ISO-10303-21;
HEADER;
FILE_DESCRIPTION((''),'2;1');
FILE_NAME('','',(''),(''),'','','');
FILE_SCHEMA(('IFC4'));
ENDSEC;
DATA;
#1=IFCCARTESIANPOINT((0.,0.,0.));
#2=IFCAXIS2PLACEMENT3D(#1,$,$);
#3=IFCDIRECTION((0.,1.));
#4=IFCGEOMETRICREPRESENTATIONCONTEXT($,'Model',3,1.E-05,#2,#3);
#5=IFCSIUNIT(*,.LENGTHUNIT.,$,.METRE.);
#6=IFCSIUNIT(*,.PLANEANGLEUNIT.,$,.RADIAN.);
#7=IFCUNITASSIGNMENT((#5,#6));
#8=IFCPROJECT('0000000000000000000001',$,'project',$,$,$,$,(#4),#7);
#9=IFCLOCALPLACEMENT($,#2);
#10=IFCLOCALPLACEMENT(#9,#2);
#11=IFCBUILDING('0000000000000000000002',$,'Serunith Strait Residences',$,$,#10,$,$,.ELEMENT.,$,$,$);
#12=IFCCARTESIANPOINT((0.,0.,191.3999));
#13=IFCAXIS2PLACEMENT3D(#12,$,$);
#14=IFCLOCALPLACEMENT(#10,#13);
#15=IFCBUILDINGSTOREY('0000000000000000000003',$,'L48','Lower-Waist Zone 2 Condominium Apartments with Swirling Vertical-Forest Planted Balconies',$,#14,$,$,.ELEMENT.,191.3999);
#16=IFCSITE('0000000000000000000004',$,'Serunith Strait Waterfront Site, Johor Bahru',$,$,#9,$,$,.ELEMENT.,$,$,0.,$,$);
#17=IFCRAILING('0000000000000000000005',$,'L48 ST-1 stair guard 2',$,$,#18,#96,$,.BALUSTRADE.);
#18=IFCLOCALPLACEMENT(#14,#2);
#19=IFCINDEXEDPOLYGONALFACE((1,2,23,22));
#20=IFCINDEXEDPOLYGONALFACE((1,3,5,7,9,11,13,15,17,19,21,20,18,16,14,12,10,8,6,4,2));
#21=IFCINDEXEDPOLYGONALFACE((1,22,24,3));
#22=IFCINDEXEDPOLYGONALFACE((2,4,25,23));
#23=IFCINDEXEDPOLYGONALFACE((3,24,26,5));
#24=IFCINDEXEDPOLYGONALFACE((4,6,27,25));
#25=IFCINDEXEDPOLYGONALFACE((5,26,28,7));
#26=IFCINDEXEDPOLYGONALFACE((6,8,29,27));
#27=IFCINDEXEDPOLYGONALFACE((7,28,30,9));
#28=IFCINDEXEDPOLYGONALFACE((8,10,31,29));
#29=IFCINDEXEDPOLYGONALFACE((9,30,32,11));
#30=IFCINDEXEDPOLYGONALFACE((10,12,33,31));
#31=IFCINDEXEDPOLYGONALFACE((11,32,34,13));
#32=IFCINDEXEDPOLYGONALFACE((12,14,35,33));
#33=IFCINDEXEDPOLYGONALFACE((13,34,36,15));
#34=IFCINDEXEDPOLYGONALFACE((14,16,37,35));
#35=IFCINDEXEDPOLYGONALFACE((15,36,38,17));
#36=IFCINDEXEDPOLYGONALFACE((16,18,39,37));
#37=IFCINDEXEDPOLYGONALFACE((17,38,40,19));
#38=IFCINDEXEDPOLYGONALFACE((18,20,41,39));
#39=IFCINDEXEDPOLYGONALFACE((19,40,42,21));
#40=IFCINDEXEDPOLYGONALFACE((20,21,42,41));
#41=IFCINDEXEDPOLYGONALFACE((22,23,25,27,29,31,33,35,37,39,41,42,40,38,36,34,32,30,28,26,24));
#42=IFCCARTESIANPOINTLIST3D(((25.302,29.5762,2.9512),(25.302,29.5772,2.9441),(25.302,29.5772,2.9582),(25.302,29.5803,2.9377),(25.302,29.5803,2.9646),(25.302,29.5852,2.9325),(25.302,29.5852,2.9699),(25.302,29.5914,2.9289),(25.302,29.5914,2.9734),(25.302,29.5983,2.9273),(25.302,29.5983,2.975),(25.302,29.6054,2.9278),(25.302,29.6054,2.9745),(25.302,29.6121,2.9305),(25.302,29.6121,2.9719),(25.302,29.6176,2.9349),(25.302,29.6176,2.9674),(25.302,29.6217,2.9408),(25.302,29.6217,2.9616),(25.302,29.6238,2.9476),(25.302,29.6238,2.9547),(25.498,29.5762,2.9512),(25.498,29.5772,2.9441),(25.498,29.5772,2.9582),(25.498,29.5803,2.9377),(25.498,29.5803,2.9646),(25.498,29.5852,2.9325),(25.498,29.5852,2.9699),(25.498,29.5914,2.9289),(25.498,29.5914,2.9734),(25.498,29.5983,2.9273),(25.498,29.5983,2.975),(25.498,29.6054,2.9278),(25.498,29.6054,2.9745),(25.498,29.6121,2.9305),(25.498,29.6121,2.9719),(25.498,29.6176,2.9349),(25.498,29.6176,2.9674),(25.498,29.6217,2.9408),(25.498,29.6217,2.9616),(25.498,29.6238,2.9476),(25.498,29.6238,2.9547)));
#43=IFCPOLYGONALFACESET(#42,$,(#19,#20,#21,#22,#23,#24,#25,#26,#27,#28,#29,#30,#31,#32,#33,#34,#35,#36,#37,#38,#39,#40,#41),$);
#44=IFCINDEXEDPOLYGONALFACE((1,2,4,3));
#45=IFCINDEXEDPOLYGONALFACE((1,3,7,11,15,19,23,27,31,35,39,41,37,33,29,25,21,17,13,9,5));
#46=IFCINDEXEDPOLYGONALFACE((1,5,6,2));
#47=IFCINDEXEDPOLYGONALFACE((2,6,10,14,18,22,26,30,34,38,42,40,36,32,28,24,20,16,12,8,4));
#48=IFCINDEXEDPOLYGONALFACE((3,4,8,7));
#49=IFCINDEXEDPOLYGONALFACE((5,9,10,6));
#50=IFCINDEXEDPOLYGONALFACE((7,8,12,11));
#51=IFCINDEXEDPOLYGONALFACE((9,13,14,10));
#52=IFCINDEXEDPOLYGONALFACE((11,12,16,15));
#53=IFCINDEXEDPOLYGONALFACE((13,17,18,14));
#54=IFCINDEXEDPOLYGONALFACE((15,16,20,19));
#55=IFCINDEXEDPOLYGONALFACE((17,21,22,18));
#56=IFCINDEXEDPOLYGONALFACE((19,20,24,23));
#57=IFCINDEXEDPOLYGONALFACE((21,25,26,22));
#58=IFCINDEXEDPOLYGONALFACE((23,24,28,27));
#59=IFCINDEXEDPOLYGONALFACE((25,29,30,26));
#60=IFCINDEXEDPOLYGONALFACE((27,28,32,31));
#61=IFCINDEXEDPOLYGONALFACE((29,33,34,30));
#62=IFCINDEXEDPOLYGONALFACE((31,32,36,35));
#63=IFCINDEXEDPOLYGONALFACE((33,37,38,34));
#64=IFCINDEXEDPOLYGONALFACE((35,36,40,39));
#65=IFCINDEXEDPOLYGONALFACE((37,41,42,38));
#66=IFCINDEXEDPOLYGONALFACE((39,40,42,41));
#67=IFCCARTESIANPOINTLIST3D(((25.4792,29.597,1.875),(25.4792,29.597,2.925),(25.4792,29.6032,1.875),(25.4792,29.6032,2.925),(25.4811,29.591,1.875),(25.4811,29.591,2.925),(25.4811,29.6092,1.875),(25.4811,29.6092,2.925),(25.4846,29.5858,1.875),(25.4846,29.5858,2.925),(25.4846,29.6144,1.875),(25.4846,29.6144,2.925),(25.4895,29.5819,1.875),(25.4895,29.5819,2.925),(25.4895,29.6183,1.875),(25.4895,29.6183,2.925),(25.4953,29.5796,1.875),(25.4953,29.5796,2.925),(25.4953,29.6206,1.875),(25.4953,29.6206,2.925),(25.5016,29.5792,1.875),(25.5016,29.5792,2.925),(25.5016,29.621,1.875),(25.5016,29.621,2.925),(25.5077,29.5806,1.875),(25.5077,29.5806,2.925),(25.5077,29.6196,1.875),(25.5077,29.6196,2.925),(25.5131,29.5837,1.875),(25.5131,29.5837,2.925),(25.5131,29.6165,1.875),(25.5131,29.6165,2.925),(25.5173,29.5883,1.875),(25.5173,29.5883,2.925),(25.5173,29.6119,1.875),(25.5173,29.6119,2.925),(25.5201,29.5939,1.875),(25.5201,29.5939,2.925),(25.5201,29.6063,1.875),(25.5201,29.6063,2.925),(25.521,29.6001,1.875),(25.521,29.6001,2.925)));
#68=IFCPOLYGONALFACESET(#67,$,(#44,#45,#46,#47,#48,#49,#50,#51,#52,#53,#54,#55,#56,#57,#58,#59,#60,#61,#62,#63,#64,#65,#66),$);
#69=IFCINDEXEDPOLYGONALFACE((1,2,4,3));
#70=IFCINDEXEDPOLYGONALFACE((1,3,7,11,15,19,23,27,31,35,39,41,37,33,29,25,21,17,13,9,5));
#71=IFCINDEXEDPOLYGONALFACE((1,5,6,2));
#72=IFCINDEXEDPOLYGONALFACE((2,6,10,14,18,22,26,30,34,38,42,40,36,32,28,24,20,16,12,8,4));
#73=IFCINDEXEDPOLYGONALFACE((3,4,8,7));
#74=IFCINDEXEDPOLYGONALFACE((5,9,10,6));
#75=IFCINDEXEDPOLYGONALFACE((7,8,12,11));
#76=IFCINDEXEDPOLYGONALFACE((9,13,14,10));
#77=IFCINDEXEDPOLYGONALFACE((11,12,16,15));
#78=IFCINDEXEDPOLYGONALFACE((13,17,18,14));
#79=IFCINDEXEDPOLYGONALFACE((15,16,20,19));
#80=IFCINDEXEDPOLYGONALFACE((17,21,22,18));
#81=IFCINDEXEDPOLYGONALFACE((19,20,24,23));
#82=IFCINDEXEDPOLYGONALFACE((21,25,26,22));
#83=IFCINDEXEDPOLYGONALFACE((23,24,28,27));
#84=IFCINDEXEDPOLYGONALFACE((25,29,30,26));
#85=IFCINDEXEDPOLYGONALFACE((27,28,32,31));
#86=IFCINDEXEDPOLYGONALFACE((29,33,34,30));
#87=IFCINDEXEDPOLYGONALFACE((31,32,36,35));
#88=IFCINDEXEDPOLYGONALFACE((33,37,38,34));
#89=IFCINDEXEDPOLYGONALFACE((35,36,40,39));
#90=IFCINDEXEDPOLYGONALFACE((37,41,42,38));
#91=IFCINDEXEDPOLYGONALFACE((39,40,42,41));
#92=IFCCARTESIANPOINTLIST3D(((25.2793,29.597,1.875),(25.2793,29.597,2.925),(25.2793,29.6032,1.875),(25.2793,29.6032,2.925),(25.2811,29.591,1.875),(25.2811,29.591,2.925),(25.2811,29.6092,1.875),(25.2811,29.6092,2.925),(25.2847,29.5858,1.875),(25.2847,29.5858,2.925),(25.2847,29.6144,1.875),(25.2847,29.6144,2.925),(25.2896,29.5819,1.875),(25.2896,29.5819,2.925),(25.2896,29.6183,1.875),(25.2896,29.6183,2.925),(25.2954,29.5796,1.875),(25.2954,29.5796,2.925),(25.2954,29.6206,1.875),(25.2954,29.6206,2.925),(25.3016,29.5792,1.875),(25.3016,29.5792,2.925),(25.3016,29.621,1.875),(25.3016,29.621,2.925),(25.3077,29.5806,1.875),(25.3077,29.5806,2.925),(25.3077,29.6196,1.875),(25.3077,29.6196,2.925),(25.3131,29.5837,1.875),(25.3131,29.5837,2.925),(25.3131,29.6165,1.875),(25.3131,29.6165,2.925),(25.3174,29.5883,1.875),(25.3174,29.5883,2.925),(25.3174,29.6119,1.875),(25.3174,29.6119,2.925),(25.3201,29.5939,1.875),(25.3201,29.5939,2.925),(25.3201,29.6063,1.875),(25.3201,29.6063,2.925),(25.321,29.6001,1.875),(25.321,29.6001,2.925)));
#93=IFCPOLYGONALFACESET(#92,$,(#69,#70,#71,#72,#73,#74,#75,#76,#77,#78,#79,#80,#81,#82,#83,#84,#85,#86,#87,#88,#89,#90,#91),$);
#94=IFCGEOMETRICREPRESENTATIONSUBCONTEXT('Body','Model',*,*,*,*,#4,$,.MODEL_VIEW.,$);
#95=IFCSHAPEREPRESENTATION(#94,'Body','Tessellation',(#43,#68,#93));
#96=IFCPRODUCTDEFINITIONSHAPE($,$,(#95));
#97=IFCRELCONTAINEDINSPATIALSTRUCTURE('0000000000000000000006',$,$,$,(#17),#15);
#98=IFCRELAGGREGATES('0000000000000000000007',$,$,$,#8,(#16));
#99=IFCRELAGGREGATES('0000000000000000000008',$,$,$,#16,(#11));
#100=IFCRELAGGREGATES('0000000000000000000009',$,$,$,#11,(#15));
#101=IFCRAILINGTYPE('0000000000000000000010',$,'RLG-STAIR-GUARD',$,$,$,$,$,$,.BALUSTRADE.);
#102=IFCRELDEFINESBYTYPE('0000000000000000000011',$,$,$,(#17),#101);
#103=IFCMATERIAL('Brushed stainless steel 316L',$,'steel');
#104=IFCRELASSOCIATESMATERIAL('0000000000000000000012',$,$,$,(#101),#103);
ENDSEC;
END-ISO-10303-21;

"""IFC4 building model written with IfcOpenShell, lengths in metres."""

from ifc_helpers import new_model, si_unit, direction, frame, origin, origin_2d, place, context, subcontext, project, spatial, circle, extrude, material, type_object, element, save


model = new_model("IFC4")

# Units and contexts
model_context = context("Model", 3, precision=1e-05, world=origin(), true_north=direction((0.0, 1.0)))
body_context = subcontext(model_context, "Body", "Model", "MODEL_VIEW")
ifc_project = project(units=[si_unit("LENGTHUNIT", "METRE"), si_unit("PLANEANGLEUNIT", "RADIAN")], contexts=[model_context])

# Site, building, storey
site_placement = place(None, origin())
site = spatial("IfcSite", under=ifc_project, at=site_placement, Name="Serunith Strait Waterfront Site, Johor Bahru", CompositionType="ELEMENT", RefElevation=0.0)
building_placement = place(site_placement, origin())
building = spatial("IfcBuilding", under=site, at=building_placement, Name="Serunith Strait Residences", CompositionType="ELEMENT")
storey_placement = place(building_placement, frame((0.0, 0.0, 191.3999)))
storey = spatial("IfcBuildingStorey", under=building, at=storey_placement, Name="L48", Description="Lower-Waist Zone 2 Condominium Apartments with Swirling Vertical-Forest Planted Balconies", CompositionType="ELEMENT", Elevation=191.3999)

# Railing
ifc_material_1 = material(Name="Brushed stainless steel 316L", Category="steel")
railing_type_1 = type_object("IfcRailingType", Name="RLG-STAIR-GUARD", PredefinedType="BALUSTRADE", material=ifc_material_1)
railing_1_placement = place(storey_placement, frame((25.5, 29.6001, 1.875)))
element("IfcRailing", 1, at=railing_1_placement, inside=storey, type_object=railing_type_1, Name="L48 ST-1 stair guard 2", PredefinedType="BALUSTRADE", context=body_context, shape_type="SweptSolid", body=[
    extrude(circle(Radius=0.0239, at=origin_2d()), frame((-0.002, 0.0, 1.0762), z_axis=(-1.0, 0.0, 0.0), x_axis=(0.0, -1.0, 0.0)), (0.0, 0.0, 1.0), 0.196),
    extrude(circle(Radius=0.021, at=origin_2d()), origin(), (0.0, 0.0, 1.0), 1.05),
    extrude(circle(Radius=0.021, at=origin_2d()), frame((-0.2, 0.0, 0.0)), (0.0, 0.0, 1.0), 1.05),
])

save(model, "model.ifc")
